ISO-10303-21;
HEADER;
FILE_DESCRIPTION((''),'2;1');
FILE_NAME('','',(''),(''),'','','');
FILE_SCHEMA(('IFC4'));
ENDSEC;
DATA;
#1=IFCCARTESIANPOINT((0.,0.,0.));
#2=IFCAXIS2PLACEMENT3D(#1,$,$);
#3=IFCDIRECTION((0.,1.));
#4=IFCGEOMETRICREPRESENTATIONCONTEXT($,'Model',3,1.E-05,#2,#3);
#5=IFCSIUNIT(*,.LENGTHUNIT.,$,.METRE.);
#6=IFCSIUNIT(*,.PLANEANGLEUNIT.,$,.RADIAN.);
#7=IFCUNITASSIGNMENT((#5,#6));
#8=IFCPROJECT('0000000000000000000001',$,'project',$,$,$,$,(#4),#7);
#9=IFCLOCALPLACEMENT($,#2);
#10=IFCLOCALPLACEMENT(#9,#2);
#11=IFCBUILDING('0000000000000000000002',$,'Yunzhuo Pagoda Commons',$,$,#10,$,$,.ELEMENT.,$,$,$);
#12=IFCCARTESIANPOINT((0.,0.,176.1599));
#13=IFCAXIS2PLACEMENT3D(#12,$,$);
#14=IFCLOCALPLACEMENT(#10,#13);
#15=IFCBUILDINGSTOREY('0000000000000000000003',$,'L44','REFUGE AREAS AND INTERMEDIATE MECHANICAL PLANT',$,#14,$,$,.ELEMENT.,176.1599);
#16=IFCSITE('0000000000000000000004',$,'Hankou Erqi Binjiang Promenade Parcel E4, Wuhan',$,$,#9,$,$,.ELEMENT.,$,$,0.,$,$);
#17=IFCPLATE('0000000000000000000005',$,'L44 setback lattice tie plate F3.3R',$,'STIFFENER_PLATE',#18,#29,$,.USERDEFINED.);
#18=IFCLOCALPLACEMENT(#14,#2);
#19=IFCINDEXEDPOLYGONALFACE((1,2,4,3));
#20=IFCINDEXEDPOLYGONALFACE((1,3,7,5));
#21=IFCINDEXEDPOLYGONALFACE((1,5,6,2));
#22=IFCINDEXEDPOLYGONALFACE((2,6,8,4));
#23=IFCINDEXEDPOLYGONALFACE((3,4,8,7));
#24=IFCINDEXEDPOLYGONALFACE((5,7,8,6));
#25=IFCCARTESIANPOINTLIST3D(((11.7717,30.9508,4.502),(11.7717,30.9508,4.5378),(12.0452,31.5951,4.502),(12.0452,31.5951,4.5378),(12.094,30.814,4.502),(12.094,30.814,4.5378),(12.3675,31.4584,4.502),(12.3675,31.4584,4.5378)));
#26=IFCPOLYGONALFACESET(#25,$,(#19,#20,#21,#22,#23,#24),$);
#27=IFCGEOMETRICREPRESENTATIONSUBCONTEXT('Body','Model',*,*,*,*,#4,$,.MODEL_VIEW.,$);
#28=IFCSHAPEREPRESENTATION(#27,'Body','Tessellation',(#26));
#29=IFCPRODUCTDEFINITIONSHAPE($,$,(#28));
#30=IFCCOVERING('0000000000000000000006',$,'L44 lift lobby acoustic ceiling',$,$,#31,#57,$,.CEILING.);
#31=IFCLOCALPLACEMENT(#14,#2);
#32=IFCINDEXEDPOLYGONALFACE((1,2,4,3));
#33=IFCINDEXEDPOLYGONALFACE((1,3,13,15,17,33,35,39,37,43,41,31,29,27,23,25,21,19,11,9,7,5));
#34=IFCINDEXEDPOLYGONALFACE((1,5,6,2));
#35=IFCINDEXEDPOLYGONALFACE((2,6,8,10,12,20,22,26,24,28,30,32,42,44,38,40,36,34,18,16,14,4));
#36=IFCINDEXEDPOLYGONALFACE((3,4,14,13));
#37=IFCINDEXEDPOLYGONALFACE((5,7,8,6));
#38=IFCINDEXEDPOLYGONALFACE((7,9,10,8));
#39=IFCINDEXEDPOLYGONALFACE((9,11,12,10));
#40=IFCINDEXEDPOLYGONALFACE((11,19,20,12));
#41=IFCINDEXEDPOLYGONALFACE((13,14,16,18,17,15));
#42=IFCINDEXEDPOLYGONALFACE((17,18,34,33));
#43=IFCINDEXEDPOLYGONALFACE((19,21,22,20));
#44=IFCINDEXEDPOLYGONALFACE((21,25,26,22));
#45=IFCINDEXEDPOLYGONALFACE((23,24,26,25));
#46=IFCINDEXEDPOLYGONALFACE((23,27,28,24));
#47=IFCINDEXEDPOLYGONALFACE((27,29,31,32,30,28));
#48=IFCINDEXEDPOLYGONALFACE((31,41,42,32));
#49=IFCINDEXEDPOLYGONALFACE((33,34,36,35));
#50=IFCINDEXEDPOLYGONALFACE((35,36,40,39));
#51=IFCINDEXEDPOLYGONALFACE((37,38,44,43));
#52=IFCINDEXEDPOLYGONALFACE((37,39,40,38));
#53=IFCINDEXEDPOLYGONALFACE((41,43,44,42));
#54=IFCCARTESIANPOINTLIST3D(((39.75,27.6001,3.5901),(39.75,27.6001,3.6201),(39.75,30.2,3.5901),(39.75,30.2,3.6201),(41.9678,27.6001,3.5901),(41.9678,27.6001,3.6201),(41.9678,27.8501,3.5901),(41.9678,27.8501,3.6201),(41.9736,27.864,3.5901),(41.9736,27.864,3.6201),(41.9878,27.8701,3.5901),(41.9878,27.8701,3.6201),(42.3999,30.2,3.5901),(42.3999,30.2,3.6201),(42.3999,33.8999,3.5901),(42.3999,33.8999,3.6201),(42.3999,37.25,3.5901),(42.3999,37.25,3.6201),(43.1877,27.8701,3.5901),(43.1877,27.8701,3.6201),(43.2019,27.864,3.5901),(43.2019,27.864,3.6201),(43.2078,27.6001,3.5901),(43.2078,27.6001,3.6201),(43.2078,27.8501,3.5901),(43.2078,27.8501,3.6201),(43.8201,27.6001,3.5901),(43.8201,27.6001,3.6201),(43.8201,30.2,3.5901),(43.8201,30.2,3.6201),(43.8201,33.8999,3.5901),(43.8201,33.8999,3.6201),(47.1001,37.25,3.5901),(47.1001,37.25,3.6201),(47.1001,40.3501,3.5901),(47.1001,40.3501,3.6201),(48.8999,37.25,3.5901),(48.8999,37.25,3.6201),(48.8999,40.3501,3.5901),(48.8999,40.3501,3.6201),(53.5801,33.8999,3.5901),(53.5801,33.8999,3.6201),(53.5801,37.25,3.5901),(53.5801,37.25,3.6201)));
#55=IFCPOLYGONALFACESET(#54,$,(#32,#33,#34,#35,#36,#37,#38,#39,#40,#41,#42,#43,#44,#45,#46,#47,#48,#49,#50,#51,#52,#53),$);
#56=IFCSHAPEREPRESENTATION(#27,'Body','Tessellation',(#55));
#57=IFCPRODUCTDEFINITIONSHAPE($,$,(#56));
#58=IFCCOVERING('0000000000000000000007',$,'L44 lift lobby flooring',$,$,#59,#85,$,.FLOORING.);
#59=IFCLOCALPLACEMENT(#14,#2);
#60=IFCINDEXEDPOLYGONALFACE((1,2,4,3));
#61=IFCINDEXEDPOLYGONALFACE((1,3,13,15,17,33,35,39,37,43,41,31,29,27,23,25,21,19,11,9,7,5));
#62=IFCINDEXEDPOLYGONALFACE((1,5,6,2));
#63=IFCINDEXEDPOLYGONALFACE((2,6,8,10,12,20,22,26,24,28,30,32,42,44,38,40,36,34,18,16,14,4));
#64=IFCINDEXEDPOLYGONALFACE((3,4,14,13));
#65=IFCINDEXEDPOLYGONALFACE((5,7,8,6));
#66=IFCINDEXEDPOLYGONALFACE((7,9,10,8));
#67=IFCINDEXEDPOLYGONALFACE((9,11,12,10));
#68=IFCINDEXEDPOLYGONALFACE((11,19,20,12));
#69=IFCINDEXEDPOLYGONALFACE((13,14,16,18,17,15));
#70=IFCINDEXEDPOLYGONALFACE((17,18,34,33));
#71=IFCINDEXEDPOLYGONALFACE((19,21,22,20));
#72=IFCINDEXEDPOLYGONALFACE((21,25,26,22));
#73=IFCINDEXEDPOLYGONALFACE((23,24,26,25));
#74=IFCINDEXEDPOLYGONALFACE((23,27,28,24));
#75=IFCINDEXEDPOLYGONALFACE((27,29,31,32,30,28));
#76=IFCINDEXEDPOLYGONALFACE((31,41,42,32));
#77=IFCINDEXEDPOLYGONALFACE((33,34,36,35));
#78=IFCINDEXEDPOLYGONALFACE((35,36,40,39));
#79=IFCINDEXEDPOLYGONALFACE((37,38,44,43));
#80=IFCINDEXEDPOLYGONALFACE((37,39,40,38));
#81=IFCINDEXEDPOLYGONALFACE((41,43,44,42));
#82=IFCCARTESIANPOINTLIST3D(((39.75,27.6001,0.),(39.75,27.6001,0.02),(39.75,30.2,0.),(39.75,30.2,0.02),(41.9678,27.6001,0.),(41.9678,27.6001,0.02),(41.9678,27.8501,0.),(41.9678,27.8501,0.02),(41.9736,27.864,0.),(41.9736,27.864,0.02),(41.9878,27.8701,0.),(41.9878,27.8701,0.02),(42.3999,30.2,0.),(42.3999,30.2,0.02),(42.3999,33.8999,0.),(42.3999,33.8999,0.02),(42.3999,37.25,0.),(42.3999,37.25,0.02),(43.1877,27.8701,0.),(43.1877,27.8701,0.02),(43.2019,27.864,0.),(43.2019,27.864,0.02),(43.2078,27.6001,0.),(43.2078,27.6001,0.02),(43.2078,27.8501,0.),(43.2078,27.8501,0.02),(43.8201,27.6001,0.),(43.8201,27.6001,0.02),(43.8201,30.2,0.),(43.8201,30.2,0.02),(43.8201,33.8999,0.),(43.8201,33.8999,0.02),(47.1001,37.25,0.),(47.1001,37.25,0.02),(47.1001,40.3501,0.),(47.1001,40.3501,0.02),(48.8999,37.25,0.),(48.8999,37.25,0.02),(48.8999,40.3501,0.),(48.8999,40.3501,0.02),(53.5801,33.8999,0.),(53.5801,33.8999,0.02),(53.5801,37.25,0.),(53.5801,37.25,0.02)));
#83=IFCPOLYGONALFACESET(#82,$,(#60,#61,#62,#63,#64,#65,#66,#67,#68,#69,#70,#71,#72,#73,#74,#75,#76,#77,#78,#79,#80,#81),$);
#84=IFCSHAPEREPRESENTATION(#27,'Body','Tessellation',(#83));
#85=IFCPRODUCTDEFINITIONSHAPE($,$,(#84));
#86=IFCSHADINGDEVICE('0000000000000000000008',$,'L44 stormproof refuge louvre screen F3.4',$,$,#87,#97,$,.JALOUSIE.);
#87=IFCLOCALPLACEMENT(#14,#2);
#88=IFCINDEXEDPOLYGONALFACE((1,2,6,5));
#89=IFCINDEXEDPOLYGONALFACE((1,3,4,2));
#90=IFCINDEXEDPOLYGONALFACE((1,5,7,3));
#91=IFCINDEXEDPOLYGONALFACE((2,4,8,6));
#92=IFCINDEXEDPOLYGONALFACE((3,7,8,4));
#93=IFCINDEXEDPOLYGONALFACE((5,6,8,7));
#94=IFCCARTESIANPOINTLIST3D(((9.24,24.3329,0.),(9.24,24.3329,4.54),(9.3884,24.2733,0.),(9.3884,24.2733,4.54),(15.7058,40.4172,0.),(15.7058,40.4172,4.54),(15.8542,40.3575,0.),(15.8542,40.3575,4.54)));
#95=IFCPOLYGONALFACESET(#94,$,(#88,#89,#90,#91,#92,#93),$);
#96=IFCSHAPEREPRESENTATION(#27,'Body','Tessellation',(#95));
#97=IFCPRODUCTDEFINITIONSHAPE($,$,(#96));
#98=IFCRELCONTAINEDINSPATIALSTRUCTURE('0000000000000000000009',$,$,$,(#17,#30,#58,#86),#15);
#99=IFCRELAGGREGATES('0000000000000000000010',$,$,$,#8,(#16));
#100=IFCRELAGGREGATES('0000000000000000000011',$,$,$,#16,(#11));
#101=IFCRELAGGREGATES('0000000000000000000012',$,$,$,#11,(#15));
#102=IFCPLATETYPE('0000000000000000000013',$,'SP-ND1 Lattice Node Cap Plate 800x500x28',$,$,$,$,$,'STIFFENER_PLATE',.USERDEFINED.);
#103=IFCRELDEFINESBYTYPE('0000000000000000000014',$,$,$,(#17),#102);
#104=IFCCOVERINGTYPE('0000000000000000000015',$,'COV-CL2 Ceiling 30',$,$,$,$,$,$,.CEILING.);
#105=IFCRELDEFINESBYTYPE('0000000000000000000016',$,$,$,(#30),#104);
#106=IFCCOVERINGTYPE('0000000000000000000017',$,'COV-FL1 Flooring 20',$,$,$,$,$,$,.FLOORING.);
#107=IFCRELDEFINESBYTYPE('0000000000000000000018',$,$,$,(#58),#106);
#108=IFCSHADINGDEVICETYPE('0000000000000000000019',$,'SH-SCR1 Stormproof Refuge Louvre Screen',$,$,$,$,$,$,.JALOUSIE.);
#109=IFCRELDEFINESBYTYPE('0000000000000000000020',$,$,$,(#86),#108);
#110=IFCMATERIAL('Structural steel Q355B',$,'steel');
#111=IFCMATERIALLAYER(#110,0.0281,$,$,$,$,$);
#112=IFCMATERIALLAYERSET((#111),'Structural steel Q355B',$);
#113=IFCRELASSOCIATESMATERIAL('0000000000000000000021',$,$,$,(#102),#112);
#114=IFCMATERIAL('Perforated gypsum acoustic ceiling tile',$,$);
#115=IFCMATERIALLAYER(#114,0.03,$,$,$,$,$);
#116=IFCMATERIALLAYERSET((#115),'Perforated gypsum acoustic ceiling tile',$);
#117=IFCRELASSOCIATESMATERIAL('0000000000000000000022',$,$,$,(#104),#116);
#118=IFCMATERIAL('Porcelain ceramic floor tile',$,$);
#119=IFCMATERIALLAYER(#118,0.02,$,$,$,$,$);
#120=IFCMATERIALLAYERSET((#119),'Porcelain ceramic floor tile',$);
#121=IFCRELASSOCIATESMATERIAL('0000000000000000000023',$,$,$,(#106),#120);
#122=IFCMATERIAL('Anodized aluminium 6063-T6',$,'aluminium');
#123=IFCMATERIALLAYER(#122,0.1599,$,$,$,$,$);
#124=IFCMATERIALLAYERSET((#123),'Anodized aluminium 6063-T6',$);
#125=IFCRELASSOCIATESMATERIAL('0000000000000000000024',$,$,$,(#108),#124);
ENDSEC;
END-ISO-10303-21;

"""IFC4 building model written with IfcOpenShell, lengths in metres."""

from ifc_helpers import new_model, si_unit, direction, frame, origin, origin_2d, place, context, subcontext, project, spatial, polyline, rectangle, outline, extrude, source, transform, mapped, material, layer, layer_set, type_object, element, save


model = new_model("IFC4")

# Units and contexts
model_context = context("Model", 3, precision=1e-05, world=origin(), true_north=direction((0.0, 1.0)))
body_context = subcontext(model_context, "Body", "Model", "MODEL_VIEW")
ifc_project = project(units=[si_unit("LENGTHUNIT", "METRE"), si_unit("PLANEANGLEUNIT", "RADIAN")], contexts=[model_context])

# Site, building, storey
site_placement = place(None, origin())
site = spatial("IfcSite", under=ifc_project, at=site_placement, Name="Hankou Erqi Binjiang Promenade Parcel E4, Wuhan", CompositionType="ELEMENT", RefElevation=0.0)
building_placement = place(site_placement, origin())
building = spatial("IfcBuilding", under=site, at=building_placement, Name="Yunzhuo Pagoda Commons", CompositionType="ELEMENT")
storey_placement = place(building_placement, frame((0.0, 0.0, 176.1599)))
storey = spatial("IfcBuildingStorey", under=building, at=storey_placement, Name="L44", Description="REFUGE AREAS AND INTERMEDIATE MECHANICAL PLANT", CompositionType="ELEMENT", Elevation=176.1599)

# Shared definitions
ifc_material_1 = material(Name="Structural steel Q355B", Category="steel")

# Plate
ifc_layer_1 = layer(ifc_material_1, 0.0281)
ifc_layer_set_1 = layer_set([ifc_layer_1], Name="Structural steel Q355B")
plate_type_1 = type_object("IfcPlateType", Name="SP-ND1 Lattice Node Cap Plate 800x500x28", ElementType="STIFFENER_PLATE", PredefinedType="USERDEFINED", material=ifc_layer_set_1)
shared_shape_1 = source(origin(), body_context, "Body", "SweptSolid", [
    extrude(rectangle(XDim=0.7, YDim=0.3501, at=origin_2d()), origin(), (0.0, 0.0, 1.0), 0.0359),
])
plate_1_placement = place(storey_placement, frame((12.0696, 31.2046, 4.502), z_axis=(0.0, 0.0, 1.0), x_axis=(-0.390699, -0.920518, 0.0)))
element("IfcPlate", 1, at=plate_1_placement, inside=storey, type_object=plate_type_1, Name="L44 setback lattice tie plate F3.3R", ObjectType="STIFFENER_PLATE", PredefinedType="USERDEFINED", context=body_context, shape_type="MappedRepresentation", body=[
    mapped(shared_shape_1, transform((0.0, 0.0, 0.0), scale=1.0)),
])

# Coverings
ifc_material_2 = material(Name="Perforated gypsum acoustic ceiling tile")
ifc_layer_2 = layer(ifc_material_2, 0.03)
ifc_layer_set_2 = layer_set([ifc_layer_2], Name="Perforated gypsum acoustic ceiling tile")
covering_type_1 = type_object("IfcCoveringType", Name="COV-CL2 Ceiling 30", PredefinedType="CEILING", material=ifc_layer_set_2)
covering_1_placement = place(storey_placement, frame((0.0, 0.0, 3.5901)))
element("IfcCovering", 2, at=covering_1_placement, inside=storey, type_object=covering_type_1, Name="L44 lift lobby acoustic ceiling", PredefinedType="CEILING", context=body_context, shape_type="SweptSolid", body=[
    extrude(outline(polyline([(39.75, 30.2), (42.3999, 30.2), (42.3999, 33.8999), (42.3999, 37.25), (47.1001, 37.25), (47.1001, 40.3501), (48.8999, 40.3501), (48.8999, 37.25), (53.5801, 37.25), (53.5801, 33.8999), (43.8201, 33.8999), (43.8201, 30.2), (43.8201, 27.6001), (43.2078, 27.6001), (43.2078, 27.8501), (43.2019, 27.864), (43.1877, 27.8701), (41.9878, 27.8701), (41.9736, 27.864), (41.9678, 27.8501), (41.9678, 27.6001), (39.75, 27.6001), (39.75, 30.2)])), origin(), (0.0, 0.0, 1.0), 0.03),
])
ifc_material_3 = material(Name="Porcelain ceramic floor tile")
ifc_layer_3 = layer(ifc_material_3, 0.02)
ifc_layer_set_3 = layer_set([ifc_layer_3], Name="Porcelain ceramic floor tile")
covering_type_2 = type_object("IfcCoveringType", Name="COV-FL1 Flooring 20", PredefinedType="FLOORING", material=ifc_layer_set_3)
covering_2_placement = place(storey_placement, origin())
element("IfcCovering", 3, at=covering_2_placement, inside=storey, type_object=covering_type_2, Name="L44 lift lobby flooring", PredefinedType="FLOORING", context=body_context, shape_type="SweptSolid", body=[
    extrude(outline(polyline([(39.75, 30.2), (42.3999, 30.2), (42.3999, 33.8999), (42.3999, 37.25), (47.1001, 37.25), (47.1001, 40.3501), (48.8999, 40.3501), (48.8999, 37.25), (53.5801, 37.25), (53.5801, 33.8999), (43.8201, 33.8999), (43.8201, 30.2), (43.8201, 27.6001), (43.2078, 27.6001), (43.2078, 27.8501), (43.2019, 27.864), (43.1877, 27.8701), (41.9878, 27.8701), (41.9736, 27.864), (41.9678, 27.8501), (41.9678, 27.6001), (39.75, 27.6001), (39.75, 30.2)])), origin(), (0.0, 0.0, 1.0), 0.02),
])

# Shared definitions
ifc_material_4 = material(Name="Anodized aluminium 6063-T6", Category="aluminium")

# Shading device
ifc_layer_4 = layer(ifc_material_4, 0.1599)
ifc_layer_set_4 = layer_set([ifc_layer_4], Name="Anodized aluminium 6063-T6")
shading_device_type = type_object("IfcShadingDeviceType", Name="SH-SCR1 Stormproof Refuge Louvre Screen", PredefinedType="JALOUSIE", material=ifc_layer_set_4)
shared_shape_2 = source(origin(), body_context, "Body", "SweptSolid", [
    extrude(rectangle(XDim=17.3352, YDim=0.1599, at=origin_2d()), origin(), (0.0, 0.0, 1.0), 4.54),
])
shading_device_placement = place(storey_placement, frame((12.5471, 32.3452, 0.0), z_axis=(0.0, 0.0, 1.0), x_axis=(-0.372988, -0.927836, 0.0)))
element("IfcShadingDevice", 4, at=shading_device_placement, inside=storey, type_object=shading_device_type, Name="L44 stormproof refuge louvre screen F3.4", PredefinedType="JALOUSIE", context=body_context, shape_type="MappedRepresentation", body=[
    mapped(shared_shape_2, transform((0.0, 0.0, 0.0), scale=1.0)),
])

save(model, "model.ifc")
